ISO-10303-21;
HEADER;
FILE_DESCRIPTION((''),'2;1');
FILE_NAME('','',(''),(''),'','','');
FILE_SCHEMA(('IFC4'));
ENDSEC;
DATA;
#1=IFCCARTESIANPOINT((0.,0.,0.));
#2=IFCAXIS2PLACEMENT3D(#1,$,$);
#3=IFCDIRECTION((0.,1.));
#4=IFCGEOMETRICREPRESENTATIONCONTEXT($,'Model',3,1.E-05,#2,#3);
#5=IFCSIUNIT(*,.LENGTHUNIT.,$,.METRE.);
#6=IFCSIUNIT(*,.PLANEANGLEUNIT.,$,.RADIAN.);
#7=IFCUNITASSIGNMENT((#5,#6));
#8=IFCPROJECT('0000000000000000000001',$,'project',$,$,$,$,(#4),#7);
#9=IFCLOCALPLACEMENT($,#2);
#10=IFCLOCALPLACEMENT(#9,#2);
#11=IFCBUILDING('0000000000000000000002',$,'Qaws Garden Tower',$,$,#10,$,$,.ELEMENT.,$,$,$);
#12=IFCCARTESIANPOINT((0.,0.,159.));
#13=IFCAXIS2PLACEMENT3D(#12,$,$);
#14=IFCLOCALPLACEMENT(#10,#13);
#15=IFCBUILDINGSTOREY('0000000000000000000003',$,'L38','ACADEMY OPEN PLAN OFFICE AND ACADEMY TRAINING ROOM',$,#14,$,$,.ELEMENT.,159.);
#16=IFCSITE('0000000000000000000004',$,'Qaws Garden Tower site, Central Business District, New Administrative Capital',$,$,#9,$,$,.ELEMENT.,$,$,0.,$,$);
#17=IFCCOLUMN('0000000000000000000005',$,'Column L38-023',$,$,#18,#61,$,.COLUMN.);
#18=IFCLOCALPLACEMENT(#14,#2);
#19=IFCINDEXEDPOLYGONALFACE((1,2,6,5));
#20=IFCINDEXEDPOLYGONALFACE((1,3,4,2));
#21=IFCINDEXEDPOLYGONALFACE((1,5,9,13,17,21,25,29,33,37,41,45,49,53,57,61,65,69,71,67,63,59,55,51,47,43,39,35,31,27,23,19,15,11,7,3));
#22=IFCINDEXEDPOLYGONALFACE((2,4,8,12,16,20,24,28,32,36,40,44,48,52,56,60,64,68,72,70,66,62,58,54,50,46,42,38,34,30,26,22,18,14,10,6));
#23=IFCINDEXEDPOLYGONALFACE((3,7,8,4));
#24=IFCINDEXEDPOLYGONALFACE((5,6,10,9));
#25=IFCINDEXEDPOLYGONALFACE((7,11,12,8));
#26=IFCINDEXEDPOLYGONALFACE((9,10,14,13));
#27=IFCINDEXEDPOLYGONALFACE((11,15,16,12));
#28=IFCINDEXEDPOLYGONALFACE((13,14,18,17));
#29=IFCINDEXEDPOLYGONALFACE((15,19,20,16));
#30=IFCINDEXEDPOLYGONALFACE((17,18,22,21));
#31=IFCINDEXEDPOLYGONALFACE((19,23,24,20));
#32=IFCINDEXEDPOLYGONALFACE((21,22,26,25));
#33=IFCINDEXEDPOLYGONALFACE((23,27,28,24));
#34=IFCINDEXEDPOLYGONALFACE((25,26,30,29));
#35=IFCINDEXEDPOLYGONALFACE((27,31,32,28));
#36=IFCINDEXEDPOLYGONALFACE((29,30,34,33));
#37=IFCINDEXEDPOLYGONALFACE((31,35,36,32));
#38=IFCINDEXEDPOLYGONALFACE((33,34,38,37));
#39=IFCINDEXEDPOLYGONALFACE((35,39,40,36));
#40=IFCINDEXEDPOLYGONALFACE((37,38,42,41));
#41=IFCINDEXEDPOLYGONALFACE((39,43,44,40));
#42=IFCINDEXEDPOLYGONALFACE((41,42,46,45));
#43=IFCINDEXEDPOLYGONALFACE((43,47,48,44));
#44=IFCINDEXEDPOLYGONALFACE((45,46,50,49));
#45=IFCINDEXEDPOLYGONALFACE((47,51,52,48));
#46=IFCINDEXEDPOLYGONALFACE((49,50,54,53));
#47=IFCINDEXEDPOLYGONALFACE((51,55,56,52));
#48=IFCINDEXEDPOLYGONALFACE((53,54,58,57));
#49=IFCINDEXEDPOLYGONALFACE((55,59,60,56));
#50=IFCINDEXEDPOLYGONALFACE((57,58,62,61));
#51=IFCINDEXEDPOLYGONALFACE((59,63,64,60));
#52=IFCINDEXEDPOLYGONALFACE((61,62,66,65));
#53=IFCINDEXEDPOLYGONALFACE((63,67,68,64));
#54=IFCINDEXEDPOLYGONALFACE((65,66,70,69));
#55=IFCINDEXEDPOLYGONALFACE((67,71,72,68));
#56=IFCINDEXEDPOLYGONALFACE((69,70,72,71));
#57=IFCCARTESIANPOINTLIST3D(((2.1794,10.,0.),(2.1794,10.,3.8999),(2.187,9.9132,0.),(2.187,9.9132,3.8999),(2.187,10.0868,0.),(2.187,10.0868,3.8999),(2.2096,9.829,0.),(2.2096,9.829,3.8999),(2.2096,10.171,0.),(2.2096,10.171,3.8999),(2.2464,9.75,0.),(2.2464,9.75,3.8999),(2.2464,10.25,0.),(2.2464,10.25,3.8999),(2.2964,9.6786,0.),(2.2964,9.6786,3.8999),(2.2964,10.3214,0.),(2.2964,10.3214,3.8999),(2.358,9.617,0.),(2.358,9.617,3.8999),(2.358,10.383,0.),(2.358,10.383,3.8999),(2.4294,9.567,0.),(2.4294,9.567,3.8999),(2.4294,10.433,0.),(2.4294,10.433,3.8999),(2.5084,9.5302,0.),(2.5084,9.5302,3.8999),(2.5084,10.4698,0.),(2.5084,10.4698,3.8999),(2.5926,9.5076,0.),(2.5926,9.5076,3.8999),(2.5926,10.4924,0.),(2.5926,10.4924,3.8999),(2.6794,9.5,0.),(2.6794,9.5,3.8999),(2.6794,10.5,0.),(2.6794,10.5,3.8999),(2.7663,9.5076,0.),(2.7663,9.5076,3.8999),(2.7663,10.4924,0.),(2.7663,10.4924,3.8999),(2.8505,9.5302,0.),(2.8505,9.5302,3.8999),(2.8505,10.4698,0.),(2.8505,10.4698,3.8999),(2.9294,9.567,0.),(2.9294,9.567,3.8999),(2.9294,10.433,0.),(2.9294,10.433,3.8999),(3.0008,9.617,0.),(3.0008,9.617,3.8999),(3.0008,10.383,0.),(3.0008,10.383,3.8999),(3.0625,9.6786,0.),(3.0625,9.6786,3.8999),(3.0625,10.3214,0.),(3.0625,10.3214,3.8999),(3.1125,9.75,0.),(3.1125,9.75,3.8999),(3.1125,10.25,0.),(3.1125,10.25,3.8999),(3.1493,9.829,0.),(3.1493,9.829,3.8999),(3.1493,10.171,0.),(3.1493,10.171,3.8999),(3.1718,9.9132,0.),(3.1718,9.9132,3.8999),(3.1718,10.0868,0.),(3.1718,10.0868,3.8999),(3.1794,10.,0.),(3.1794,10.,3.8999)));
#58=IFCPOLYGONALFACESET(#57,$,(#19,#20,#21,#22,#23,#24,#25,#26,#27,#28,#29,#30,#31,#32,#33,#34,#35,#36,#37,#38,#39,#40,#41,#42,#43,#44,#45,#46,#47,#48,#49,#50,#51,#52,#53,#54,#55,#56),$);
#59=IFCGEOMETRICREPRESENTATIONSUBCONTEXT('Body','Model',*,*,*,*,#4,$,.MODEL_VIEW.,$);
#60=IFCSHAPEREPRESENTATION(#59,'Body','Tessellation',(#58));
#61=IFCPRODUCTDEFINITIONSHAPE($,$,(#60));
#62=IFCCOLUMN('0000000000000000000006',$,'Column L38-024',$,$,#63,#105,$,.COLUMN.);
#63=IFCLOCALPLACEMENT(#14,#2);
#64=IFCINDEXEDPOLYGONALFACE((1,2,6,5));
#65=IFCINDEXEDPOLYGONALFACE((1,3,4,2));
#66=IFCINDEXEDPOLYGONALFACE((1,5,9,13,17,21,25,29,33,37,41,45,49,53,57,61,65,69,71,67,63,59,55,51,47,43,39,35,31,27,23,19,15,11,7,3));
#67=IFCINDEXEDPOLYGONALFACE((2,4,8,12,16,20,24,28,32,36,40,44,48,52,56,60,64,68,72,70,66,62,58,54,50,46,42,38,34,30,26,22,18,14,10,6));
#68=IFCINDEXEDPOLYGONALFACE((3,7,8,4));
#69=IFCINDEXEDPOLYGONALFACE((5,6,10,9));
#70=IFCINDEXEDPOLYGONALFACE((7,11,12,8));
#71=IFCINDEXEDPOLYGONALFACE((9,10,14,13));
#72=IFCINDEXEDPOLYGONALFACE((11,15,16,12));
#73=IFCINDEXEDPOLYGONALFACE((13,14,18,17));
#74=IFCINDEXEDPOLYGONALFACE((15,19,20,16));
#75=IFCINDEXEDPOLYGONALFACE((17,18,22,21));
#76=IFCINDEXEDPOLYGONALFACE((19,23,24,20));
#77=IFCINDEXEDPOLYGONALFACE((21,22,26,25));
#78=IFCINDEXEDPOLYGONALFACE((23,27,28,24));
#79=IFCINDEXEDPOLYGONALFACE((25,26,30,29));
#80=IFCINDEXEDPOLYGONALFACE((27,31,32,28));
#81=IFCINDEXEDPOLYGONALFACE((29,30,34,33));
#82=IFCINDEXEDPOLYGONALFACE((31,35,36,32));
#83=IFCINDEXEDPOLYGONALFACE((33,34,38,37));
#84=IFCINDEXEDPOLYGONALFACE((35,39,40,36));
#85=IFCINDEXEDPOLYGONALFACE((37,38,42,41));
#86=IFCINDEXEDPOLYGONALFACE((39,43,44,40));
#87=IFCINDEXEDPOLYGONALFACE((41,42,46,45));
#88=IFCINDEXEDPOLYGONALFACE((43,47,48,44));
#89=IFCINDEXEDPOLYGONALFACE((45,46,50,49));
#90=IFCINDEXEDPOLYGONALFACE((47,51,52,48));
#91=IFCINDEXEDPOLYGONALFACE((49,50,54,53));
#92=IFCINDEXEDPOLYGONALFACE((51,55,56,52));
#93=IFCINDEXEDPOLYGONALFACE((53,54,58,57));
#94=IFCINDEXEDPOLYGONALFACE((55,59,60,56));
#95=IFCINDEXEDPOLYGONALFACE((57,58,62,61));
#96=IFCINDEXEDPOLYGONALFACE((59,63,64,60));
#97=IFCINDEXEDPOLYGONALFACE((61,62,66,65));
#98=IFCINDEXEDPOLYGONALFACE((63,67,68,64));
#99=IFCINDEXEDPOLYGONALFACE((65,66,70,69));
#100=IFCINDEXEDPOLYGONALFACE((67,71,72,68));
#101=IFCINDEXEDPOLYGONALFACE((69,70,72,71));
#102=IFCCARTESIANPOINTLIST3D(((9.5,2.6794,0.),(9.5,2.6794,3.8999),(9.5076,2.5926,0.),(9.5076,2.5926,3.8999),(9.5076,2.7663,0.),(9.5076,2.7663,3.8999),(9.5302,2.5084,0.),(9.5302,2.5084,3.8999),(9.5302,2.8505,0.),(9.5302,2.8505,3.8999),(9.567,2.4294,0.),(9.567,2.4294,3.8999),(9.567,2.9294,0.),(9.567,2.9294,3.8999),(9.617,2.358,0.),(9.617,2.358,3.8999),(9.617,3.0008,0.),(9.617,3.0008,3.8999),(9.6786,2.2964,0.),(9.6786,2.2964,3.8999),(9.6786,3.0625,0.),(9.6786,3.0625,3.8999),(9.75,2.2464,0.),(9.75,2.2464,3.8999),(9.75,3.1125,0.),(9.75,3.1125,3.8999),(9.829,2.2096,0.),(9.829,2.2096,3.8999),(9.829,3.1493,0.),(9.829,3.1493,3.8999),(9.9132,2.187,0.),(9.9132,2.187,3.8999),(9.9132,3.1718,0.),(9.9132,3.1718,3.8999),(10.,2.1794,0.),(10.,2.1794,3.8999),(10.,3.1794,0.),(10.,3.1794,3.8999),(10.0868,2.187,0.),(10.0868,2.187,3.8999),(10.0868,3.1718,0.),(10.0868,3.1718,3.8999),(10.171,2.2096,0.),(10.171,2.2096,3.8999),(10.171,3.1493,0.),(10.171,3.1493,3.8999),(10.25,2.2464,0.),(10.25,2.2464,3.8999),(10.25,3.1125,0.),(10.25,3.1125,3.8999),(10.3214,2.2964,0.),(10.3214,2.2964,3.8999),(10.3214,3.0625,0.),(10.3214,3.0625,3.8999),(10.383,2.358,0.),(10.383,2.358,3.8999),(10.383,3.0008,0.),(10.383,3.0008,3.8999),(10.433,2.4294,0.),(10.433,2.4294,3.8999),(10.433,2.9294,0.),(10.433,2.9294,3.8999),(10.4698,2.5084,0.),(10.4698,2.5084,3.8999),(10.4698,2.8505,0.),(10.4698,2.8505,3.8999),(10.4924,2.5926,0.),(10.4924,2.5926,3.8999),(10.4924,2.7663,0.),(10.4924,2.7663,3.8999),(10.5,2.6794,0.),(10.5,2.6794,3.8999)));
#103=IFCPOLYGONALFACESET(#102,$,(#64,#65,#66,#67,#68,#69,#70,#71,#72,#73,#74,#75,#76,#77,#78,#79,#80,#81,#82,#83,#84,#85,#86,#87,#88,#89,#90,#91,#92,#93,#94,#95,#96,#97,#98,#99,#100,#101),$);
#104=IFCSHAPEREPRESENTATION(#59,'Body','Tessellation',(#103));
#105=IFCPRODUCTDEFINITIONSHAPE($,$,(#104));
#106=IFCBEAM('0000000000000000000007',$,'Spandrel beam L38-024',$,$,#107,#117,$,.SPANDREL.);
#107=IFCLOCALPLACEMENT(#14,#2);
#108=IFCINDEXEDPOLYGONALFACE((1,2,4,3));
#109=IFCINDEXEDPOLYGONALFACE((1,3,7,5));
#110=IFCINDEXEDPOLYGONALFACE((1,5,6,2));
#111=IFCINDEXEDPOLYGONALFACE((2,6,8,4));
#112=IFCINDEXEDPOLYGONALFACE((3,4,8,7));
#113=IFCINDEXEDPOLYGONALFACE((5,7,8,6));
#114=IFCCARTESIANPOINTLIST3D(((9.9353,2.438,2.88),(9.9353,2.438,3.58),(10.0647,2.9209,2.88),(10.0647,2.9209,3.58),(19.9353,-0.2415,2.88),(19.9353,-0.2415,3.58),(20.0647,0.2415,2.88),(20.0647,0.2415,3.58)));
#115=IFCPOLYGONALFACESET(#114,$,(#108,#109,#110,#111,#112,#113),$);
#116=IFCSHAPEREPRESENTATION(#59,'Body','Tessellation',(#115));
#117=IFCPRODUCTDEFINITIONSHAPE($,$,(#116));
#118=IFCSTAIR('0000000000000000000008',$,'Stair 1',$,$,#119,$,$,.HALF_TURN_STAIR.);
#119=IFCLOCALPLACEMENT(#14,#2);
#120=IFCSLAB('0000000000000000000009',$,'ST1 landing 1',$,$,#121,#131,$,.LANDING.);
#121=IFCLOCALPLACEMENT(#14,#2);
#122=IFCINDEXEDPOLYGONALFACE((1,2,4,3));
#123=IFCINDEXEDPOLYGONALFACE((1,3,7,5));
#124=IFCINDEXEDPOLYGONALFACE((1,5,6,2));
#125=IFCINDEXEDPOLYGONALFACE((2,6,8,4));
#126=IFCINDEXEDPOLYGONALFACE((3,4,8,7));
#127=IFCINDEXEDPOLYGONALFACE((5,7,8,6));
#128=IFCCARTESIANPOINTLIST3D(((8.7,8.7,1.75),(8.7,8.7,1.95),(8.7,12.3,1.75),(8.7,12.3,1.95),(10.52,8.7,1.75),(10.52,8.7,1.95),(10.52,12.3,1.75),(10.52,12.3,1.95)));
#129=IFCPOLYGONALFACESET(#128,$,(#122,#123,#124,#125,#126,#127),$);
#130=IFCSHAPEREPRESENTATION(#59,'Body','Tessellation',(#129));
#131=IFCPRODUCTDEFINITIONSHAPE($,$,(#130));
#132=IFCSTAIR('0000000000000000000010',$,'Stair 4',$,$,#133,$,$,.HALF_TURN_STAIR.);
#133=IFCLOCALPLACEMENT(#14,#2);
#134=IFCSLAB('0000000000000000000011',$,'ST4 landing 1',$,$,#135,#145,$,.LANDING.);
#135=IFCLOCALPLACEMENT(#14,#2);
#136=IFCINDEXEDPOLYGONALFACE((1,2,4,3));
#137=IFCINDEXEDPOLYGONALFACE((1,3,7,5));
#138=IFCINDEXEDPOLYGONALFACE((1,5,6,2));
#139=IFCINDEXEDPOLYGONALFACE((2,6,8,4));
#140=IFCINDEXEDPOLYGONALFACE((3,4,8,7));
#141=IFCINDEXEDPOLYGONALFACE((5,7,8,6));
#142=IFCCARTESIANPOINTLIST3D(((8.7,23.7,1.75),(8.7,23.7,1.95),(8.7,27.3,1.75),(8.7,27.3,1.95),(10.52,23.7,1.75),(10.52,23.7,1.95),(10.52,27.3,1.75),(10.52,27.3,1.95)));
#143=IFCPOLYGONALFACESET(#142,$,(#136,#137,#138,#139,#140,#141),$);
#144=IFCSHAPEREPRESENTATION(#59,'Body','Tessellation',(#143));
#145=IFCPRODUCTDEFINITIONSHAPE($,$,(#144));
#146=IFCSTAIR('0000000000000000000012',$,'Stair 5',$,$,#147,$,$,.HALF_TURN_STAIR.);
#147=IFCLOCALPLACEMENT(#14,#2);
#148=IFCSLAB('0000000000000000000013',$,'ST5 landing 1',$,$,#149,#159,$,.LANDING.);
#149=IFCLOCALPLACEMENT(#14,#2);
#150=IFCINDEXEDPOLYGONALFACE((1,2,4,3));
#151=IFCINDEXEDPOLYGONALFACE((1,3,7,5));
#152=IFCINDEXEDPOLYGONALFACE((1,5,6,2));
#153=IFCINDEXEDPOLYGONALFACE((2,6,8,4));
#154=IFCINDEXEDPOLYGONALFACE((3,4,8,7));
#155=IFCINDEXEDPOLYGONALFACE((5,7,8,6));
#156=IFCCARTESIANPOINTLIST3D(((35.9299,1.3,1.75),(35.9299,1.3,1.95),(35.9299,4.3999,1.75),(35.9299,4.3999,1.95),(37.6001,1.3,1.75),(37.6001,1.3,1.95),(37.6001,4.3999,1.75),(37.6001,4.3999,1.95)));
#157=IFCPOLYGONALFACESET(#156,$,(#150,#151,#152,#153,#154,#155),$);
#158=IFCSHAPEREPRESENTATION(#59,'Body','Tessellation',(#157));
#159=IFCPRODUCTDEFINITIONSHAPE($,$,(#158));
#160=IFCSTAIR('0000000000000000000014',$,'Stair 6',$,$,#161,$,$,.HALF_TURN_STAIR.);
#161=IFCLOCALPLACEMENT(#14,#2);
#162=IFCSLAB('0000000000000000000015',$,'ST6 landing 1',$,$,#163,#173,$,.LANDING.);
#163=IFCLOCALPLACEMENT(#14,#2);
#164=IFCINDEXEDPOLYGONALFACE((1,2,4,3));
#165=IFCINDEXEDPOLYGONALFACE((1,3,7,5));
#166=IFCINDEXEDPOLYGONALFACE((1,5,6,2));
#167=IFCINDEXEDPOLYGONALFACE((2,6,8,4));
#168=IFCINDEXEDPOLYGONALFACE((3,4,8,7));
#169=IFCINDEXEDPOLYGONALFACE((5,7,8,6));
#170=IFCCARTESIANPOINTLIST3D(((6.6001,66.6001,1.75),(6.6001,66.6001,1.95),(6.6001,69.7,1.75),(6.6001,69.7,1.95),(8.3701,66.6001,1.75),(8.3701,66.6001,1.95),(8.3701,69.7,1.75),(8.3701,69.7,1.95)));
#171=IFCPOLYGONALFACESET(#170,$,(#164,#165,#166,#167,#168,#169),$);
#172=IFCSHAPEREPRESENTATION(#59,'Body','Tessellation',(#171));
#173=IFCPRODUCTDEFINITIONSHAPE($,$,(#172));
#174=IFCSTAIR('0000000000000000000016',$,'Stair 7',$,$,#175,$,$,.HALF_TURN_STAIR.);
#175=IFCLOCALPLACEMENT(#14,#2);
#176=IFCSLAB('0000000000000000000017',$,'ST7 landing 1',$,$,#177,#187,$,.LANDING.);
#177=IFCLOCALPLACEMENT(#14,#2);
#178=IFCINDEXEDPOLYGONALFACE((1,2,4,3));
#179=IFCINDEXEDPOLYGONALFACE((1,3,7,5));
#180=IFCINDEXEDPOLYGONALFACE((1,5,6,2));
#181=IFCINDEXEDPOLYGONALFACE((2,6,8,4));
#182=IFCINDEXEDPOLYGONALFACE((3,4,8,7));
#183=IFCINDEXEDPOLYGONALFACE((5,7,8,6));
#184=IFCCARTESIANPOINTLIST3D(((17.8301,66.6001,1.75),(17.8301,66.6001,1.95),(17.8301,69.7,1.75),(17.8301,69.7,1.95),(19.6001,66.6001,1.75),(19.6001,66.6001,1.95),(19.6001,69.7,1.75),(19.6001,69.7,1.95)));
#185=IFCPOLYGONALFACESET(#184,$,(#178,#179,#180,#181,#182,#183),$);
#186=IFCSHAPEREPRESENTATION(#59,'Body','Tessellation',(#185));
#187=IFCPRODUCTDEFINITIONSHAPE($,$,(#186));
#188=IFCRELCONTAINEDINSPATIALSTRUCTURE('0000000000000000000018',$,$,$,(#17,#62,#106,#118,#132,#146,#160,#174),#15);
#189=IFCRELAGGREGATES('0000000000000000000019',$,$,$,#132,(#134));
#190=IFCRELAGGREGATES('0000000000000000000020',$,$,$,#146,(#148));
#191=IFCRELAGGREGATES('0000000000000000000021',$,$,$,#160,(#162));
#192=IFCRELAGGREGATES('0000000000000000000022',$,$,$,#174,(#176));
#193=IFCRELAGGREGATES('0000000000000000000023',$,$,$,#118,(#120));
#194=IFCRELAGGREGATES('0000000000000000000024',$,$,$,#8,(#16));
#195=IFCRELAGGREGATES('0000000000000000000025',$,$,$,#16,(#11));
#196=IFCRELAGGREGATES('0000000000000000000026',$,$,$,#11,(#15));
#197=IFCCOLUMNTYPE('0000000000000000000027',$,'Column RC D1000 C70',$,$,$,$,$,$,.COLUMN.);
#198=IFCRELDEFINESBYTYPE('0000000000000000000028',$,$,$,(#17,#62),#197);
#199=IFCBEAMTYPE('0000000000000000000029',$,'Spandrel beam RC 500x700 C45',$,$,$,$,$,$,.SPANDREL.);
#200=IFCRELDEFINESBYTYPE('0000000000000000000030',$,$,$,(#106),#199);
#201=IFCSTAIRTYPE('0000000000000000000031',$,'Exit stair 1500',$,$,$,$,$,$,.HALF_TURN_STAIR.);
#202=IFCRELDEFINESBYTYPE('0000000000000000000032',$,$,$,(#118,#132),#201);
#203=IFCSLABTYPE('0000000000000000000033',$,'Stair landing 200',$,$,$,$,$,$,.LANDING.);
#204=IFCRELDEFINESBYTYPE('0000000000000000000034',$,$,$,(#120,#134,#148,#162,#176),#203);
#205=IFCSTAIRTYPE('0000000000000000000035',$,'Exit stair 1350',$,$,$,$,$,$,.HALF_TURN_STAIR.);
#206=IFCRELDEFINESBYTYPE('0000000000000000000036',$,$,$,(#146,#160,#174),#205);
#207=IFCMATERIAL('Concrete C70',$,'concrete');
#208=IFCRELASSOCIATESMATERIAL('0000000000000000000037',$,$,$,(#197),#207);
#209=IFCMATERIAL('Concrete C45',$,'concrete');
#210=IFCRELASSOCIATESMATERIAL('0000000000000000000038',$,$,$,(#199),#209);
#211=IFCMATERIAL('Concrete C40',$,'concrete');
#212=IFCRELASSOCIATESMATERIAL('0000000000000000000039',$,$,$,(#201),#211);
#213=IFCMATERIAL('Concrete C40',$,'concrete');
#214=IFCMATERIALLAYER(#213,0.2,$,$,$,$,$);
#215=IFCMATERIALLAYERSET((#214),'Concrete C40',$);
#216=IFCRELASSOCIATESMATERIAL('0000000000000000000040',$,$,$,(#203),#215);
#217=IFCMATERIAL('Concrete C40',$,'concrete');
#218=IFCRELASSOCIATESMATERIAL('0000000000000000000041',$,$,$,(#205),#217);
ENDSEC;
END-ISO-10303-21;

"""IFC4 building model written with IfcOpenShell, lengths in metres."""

from ifc_helpers import new_model, si_unit, direction, frame, origin, origin_2d, place, context, subcontext, project, spatial, polyline, rectangle, circle, outline, extrude, material, layer, layer_set, material_profile, profile_set, type_object, element, aggregate, save


model = new_model("IFC4")

# Units and contexts
model_context = context("Model", 3, precision=1e-05, world=origin(), true_north=direction((0.0, 1.0)))
body_context = subcontext(model_context, "Body", "Model", "MODEL_VIEW")
ifc_project = project(units=[si_unit("LENGTHUNIT", "METRE"), si_unit("PLANEANGLEUNIT", "RADIAN")], contexts=[model_context])

# Site, building, storey
site_placement = place(None, origin())
site = spatial("IfcSite", under=ifc_project, at=site_placement, Name="Qaws Garden Tower site, Central Business District, New Administrative Capital", CompositionType="ELEMENT", RefElevation=0.0)
building_placement = place(site_placement, origin())
building = spatial("IfcBuilding", under=site, at=building_placement, Name="Qaws Garden Tower", CompositionType="ELEMENT")
storey_placement = place(building_placement, frame((0.0, 0.0, 159.0)))
storey = spatial("IfcBuildingStorey", under=building, at=storey_placement, Name="L38", Description="ACADEMY OPEN PLAN OFFICE AND ACADEMY TRAINING ROOM", CompositionType="ELEMENT", Elevation=159.0)

# Columns
ifc_material_1 = material(Name="Concrete C70", Category="concrete")
ifc_material_profile_1 = material_profile(ifc_material_1, circle(Radius=0.5, at=origin_2d()), Name="RC D1000")
ifc_profile_set_1 = profile_set([ifc_material_profile_1], Name="Concrete C70")
column_type = type_object("IfcColumnType", Name="Column RC D1000 C70", PredefinedType="COLUMN", material=ifc_profile_set_1)
for number, where, z_axis, x_axis, name in (
    (1, (2.6794, 10.0, 0.0), (0.0, 0.0, 1.0), (1.0, 0.0, 0.0), "Column L38-023"),
    (2, (10.0, 2.6794, 0.0), (0.0, 0.0, 1.0), (1.0, 0.0, 0.0), "Column L38-024"),
):
    element("IfcColumn", number, at=place(storey_placement, frame(where, z_axis=z_axis, x_axis=x_axis)), inside=storey, type_object=column_type, Name=name, PredefinedType="COLUMN", context=body_context, shape_type="SweptSolid", body=[
        extrude(circle(Radius=0.5, at=origin_2d()), origin(), (0.0, 0.0, 1.0), 3.8999),
    ])

# Beam
ifc_material_2 = material(Name="Concrete C45", Category="concrete")
ifc_material_profile_2 = material_profile(ifc_material_2, rectangle(XDim=0.5, YDim=0.7, at=origin_2d()), Name="RC 500x700")
ifc_profile_set_2 = profile_set([ifc_material_profile_2], Name="Concrete C45")
beam_type = type_object("IfcBeamType", Name="Spandrel beam RC 500x700 C45", PredefinedType="SPANDREL", material=ifc_profile_set_2)
beam_placement = place(storey_placement, frame((10.0, 2.6794, 3.23), z_axis=(0.965927, -0.258815, 0.0), x_axis=(0.258815, 0.965927, 0.0)))
element("IfcBeam", 3, at=beam_placement, inside=storey, type_object=beam_type, Name="Spandrel beam L38-024", PredefinedType="SPANDREL", context=body_context, shape_type="SweptSolid", body=[
    extrude(rectangle(XDim=0.5, YDim=0.7, at=origin_2d()), origin(), (0.0, 0.0, 1.0), 10.3528),
])

# Stairs, slabs
ifc_material_3 = material(Name="Concrete C40", Category="concrete")
stair_type_1 = type_object("IfcStairType", Name="Exit stair 1500", PredefinedType="HALF_TURN_STAIR", material=ifc_material_3)
placement_1 = place(storey_placement, origin())
stair_1 = element("IfcStair", 4, at=placement_1, inside=storey, type_object=stair_type_1, Name="Stair 1", PredefinedType="HALF_TURN_STAIR")
ifc_material_4 = material(Name="Concrete C40", Category="concrete")
ifc_layer_1 = layer(ifc_material_4, 0.2)
ifc_layer_set_1 = layer_set([ifc_layer_1], Name="Concrete C40")
slab_type = type_object("IfcSlabType", Name="Stair landing 200", PredefinedType="LANDING", material=ifc_layer_set_1)
placement_2 = place(storey_placement, frame((0.0, 0.0, 1.75)))
slab_1 = element("IfcSlab", 5, at=placement_2, type_object=slab_type, Name="ST1 landing 1", PredefinedType="LANDING", context=body_context, shape_type="SweptSolid", body=[
    extrude(outline(polyline([(8.7, 8.7), (10.52, 8.7), (10.52, 12.3), (8.7, 12.3), (8.7, 8.7)])), origin(), (0.0, 0.0, 1.0), 0.2),
])
stair_2 = element("IfcStair", 6, at=placement_1, inside=storey, type_object=stair_type_1, Name="Stair 4", PredefinedType="HALF_TURN_STAIR")
slab_2 = element("IfcSlab", 7, at=placement_2, type_object=slab_type, Name="ST4 landing 1", PredefinedType="LANDING", context=body_context, shape_type="SweptSolid", body=[
    extrude(outline(polyline([(8.7, 23.7), (10.52, 23.7), (10.52, 27.3), (8.7, 27.3), (8.7, 23.7)])), origin(), (0.0, 0.0, 1.0), 0.2),
])
aggregate(stair_2, [slab_2])
ifc_material_5 = material(Name="Concrete C40", Category="concrete")
stair_type_2 = type_object("IfcStairType", Name="Exit stair 1350", PredefinedType="HALF_TURN_STAIR", material=ifc_material_5)
stair_3 = element("IfcStair", 8, at=placement_1, inside=storey, type_object=stair_type_2, Name="Stair 5", PredefinedType="HALF_TURN_STAIR")
slab_3 = element("IfcSlab", 9, at=placement_2, type_object=slab_type, Name="ST5 landing 1", PredefinedType="LANDING", context=body_context, shape_type="SweptSolid", body=[
    extrude(outline(polyline([(35.9299, 1.3), (37.6001, 1.3), (37.6001, 4.3999), (35.9299, 4.3999), (35.9299, 1.3)])), origin(), (0.0, 0.0, 1.0), 0.2),
])
aggregate(stair_3, [slab_3])
stair_4 = element("IfcStair", 10, at=placement_1, inside=storey, type_object=stair_type_2, Name="Stair 6", PredefinedType="HALF_TURN_STAIR")
slab_4 = element("IfcSlab", 11, at=placement_2, type_object=slab_type, Name="ST6 landing 1", PredefinedType="LANDING", context=body_context, shape_type="SweptSolid", body=[
    extrude(outline(polyline([(6.6001, 66.6001), (8.3701, 66.6001), (8.3701, 69.7), (6.6001, 69.7), (6.6001, 66.6001)])), origin(), (0.0, 0.0, 1.0), 0.2),
])
aggregate(stair_4, [slab_4])
stair_5 = element("IfcStair", 12, at=placement_1, inside=storey, type_object=stair_type_2, Name="Stair 7", PredefinedType="HALF_TURN_STAIR")
slab_5 = element("IfcSlab", 13, at=placement_2, type_object=slab_type, Name="ST7 landing 1", PredefinedType="LANDING", context=body_context, shape_type="SweptSolid", body=[
    extrude(outline(polyline([(17.8301, 66.6001), (19.6001, 66.6001), (19.6001, 69.7), (17.8301, 69.7), (17.8301, 66.6001)])), origin(), (0.0, 0.0, 1.0), 0.2),
])
aggregate(stair_5, [slab_5])

aggregate(stair_1, [slab_1])

save(model, "model.ifc")
